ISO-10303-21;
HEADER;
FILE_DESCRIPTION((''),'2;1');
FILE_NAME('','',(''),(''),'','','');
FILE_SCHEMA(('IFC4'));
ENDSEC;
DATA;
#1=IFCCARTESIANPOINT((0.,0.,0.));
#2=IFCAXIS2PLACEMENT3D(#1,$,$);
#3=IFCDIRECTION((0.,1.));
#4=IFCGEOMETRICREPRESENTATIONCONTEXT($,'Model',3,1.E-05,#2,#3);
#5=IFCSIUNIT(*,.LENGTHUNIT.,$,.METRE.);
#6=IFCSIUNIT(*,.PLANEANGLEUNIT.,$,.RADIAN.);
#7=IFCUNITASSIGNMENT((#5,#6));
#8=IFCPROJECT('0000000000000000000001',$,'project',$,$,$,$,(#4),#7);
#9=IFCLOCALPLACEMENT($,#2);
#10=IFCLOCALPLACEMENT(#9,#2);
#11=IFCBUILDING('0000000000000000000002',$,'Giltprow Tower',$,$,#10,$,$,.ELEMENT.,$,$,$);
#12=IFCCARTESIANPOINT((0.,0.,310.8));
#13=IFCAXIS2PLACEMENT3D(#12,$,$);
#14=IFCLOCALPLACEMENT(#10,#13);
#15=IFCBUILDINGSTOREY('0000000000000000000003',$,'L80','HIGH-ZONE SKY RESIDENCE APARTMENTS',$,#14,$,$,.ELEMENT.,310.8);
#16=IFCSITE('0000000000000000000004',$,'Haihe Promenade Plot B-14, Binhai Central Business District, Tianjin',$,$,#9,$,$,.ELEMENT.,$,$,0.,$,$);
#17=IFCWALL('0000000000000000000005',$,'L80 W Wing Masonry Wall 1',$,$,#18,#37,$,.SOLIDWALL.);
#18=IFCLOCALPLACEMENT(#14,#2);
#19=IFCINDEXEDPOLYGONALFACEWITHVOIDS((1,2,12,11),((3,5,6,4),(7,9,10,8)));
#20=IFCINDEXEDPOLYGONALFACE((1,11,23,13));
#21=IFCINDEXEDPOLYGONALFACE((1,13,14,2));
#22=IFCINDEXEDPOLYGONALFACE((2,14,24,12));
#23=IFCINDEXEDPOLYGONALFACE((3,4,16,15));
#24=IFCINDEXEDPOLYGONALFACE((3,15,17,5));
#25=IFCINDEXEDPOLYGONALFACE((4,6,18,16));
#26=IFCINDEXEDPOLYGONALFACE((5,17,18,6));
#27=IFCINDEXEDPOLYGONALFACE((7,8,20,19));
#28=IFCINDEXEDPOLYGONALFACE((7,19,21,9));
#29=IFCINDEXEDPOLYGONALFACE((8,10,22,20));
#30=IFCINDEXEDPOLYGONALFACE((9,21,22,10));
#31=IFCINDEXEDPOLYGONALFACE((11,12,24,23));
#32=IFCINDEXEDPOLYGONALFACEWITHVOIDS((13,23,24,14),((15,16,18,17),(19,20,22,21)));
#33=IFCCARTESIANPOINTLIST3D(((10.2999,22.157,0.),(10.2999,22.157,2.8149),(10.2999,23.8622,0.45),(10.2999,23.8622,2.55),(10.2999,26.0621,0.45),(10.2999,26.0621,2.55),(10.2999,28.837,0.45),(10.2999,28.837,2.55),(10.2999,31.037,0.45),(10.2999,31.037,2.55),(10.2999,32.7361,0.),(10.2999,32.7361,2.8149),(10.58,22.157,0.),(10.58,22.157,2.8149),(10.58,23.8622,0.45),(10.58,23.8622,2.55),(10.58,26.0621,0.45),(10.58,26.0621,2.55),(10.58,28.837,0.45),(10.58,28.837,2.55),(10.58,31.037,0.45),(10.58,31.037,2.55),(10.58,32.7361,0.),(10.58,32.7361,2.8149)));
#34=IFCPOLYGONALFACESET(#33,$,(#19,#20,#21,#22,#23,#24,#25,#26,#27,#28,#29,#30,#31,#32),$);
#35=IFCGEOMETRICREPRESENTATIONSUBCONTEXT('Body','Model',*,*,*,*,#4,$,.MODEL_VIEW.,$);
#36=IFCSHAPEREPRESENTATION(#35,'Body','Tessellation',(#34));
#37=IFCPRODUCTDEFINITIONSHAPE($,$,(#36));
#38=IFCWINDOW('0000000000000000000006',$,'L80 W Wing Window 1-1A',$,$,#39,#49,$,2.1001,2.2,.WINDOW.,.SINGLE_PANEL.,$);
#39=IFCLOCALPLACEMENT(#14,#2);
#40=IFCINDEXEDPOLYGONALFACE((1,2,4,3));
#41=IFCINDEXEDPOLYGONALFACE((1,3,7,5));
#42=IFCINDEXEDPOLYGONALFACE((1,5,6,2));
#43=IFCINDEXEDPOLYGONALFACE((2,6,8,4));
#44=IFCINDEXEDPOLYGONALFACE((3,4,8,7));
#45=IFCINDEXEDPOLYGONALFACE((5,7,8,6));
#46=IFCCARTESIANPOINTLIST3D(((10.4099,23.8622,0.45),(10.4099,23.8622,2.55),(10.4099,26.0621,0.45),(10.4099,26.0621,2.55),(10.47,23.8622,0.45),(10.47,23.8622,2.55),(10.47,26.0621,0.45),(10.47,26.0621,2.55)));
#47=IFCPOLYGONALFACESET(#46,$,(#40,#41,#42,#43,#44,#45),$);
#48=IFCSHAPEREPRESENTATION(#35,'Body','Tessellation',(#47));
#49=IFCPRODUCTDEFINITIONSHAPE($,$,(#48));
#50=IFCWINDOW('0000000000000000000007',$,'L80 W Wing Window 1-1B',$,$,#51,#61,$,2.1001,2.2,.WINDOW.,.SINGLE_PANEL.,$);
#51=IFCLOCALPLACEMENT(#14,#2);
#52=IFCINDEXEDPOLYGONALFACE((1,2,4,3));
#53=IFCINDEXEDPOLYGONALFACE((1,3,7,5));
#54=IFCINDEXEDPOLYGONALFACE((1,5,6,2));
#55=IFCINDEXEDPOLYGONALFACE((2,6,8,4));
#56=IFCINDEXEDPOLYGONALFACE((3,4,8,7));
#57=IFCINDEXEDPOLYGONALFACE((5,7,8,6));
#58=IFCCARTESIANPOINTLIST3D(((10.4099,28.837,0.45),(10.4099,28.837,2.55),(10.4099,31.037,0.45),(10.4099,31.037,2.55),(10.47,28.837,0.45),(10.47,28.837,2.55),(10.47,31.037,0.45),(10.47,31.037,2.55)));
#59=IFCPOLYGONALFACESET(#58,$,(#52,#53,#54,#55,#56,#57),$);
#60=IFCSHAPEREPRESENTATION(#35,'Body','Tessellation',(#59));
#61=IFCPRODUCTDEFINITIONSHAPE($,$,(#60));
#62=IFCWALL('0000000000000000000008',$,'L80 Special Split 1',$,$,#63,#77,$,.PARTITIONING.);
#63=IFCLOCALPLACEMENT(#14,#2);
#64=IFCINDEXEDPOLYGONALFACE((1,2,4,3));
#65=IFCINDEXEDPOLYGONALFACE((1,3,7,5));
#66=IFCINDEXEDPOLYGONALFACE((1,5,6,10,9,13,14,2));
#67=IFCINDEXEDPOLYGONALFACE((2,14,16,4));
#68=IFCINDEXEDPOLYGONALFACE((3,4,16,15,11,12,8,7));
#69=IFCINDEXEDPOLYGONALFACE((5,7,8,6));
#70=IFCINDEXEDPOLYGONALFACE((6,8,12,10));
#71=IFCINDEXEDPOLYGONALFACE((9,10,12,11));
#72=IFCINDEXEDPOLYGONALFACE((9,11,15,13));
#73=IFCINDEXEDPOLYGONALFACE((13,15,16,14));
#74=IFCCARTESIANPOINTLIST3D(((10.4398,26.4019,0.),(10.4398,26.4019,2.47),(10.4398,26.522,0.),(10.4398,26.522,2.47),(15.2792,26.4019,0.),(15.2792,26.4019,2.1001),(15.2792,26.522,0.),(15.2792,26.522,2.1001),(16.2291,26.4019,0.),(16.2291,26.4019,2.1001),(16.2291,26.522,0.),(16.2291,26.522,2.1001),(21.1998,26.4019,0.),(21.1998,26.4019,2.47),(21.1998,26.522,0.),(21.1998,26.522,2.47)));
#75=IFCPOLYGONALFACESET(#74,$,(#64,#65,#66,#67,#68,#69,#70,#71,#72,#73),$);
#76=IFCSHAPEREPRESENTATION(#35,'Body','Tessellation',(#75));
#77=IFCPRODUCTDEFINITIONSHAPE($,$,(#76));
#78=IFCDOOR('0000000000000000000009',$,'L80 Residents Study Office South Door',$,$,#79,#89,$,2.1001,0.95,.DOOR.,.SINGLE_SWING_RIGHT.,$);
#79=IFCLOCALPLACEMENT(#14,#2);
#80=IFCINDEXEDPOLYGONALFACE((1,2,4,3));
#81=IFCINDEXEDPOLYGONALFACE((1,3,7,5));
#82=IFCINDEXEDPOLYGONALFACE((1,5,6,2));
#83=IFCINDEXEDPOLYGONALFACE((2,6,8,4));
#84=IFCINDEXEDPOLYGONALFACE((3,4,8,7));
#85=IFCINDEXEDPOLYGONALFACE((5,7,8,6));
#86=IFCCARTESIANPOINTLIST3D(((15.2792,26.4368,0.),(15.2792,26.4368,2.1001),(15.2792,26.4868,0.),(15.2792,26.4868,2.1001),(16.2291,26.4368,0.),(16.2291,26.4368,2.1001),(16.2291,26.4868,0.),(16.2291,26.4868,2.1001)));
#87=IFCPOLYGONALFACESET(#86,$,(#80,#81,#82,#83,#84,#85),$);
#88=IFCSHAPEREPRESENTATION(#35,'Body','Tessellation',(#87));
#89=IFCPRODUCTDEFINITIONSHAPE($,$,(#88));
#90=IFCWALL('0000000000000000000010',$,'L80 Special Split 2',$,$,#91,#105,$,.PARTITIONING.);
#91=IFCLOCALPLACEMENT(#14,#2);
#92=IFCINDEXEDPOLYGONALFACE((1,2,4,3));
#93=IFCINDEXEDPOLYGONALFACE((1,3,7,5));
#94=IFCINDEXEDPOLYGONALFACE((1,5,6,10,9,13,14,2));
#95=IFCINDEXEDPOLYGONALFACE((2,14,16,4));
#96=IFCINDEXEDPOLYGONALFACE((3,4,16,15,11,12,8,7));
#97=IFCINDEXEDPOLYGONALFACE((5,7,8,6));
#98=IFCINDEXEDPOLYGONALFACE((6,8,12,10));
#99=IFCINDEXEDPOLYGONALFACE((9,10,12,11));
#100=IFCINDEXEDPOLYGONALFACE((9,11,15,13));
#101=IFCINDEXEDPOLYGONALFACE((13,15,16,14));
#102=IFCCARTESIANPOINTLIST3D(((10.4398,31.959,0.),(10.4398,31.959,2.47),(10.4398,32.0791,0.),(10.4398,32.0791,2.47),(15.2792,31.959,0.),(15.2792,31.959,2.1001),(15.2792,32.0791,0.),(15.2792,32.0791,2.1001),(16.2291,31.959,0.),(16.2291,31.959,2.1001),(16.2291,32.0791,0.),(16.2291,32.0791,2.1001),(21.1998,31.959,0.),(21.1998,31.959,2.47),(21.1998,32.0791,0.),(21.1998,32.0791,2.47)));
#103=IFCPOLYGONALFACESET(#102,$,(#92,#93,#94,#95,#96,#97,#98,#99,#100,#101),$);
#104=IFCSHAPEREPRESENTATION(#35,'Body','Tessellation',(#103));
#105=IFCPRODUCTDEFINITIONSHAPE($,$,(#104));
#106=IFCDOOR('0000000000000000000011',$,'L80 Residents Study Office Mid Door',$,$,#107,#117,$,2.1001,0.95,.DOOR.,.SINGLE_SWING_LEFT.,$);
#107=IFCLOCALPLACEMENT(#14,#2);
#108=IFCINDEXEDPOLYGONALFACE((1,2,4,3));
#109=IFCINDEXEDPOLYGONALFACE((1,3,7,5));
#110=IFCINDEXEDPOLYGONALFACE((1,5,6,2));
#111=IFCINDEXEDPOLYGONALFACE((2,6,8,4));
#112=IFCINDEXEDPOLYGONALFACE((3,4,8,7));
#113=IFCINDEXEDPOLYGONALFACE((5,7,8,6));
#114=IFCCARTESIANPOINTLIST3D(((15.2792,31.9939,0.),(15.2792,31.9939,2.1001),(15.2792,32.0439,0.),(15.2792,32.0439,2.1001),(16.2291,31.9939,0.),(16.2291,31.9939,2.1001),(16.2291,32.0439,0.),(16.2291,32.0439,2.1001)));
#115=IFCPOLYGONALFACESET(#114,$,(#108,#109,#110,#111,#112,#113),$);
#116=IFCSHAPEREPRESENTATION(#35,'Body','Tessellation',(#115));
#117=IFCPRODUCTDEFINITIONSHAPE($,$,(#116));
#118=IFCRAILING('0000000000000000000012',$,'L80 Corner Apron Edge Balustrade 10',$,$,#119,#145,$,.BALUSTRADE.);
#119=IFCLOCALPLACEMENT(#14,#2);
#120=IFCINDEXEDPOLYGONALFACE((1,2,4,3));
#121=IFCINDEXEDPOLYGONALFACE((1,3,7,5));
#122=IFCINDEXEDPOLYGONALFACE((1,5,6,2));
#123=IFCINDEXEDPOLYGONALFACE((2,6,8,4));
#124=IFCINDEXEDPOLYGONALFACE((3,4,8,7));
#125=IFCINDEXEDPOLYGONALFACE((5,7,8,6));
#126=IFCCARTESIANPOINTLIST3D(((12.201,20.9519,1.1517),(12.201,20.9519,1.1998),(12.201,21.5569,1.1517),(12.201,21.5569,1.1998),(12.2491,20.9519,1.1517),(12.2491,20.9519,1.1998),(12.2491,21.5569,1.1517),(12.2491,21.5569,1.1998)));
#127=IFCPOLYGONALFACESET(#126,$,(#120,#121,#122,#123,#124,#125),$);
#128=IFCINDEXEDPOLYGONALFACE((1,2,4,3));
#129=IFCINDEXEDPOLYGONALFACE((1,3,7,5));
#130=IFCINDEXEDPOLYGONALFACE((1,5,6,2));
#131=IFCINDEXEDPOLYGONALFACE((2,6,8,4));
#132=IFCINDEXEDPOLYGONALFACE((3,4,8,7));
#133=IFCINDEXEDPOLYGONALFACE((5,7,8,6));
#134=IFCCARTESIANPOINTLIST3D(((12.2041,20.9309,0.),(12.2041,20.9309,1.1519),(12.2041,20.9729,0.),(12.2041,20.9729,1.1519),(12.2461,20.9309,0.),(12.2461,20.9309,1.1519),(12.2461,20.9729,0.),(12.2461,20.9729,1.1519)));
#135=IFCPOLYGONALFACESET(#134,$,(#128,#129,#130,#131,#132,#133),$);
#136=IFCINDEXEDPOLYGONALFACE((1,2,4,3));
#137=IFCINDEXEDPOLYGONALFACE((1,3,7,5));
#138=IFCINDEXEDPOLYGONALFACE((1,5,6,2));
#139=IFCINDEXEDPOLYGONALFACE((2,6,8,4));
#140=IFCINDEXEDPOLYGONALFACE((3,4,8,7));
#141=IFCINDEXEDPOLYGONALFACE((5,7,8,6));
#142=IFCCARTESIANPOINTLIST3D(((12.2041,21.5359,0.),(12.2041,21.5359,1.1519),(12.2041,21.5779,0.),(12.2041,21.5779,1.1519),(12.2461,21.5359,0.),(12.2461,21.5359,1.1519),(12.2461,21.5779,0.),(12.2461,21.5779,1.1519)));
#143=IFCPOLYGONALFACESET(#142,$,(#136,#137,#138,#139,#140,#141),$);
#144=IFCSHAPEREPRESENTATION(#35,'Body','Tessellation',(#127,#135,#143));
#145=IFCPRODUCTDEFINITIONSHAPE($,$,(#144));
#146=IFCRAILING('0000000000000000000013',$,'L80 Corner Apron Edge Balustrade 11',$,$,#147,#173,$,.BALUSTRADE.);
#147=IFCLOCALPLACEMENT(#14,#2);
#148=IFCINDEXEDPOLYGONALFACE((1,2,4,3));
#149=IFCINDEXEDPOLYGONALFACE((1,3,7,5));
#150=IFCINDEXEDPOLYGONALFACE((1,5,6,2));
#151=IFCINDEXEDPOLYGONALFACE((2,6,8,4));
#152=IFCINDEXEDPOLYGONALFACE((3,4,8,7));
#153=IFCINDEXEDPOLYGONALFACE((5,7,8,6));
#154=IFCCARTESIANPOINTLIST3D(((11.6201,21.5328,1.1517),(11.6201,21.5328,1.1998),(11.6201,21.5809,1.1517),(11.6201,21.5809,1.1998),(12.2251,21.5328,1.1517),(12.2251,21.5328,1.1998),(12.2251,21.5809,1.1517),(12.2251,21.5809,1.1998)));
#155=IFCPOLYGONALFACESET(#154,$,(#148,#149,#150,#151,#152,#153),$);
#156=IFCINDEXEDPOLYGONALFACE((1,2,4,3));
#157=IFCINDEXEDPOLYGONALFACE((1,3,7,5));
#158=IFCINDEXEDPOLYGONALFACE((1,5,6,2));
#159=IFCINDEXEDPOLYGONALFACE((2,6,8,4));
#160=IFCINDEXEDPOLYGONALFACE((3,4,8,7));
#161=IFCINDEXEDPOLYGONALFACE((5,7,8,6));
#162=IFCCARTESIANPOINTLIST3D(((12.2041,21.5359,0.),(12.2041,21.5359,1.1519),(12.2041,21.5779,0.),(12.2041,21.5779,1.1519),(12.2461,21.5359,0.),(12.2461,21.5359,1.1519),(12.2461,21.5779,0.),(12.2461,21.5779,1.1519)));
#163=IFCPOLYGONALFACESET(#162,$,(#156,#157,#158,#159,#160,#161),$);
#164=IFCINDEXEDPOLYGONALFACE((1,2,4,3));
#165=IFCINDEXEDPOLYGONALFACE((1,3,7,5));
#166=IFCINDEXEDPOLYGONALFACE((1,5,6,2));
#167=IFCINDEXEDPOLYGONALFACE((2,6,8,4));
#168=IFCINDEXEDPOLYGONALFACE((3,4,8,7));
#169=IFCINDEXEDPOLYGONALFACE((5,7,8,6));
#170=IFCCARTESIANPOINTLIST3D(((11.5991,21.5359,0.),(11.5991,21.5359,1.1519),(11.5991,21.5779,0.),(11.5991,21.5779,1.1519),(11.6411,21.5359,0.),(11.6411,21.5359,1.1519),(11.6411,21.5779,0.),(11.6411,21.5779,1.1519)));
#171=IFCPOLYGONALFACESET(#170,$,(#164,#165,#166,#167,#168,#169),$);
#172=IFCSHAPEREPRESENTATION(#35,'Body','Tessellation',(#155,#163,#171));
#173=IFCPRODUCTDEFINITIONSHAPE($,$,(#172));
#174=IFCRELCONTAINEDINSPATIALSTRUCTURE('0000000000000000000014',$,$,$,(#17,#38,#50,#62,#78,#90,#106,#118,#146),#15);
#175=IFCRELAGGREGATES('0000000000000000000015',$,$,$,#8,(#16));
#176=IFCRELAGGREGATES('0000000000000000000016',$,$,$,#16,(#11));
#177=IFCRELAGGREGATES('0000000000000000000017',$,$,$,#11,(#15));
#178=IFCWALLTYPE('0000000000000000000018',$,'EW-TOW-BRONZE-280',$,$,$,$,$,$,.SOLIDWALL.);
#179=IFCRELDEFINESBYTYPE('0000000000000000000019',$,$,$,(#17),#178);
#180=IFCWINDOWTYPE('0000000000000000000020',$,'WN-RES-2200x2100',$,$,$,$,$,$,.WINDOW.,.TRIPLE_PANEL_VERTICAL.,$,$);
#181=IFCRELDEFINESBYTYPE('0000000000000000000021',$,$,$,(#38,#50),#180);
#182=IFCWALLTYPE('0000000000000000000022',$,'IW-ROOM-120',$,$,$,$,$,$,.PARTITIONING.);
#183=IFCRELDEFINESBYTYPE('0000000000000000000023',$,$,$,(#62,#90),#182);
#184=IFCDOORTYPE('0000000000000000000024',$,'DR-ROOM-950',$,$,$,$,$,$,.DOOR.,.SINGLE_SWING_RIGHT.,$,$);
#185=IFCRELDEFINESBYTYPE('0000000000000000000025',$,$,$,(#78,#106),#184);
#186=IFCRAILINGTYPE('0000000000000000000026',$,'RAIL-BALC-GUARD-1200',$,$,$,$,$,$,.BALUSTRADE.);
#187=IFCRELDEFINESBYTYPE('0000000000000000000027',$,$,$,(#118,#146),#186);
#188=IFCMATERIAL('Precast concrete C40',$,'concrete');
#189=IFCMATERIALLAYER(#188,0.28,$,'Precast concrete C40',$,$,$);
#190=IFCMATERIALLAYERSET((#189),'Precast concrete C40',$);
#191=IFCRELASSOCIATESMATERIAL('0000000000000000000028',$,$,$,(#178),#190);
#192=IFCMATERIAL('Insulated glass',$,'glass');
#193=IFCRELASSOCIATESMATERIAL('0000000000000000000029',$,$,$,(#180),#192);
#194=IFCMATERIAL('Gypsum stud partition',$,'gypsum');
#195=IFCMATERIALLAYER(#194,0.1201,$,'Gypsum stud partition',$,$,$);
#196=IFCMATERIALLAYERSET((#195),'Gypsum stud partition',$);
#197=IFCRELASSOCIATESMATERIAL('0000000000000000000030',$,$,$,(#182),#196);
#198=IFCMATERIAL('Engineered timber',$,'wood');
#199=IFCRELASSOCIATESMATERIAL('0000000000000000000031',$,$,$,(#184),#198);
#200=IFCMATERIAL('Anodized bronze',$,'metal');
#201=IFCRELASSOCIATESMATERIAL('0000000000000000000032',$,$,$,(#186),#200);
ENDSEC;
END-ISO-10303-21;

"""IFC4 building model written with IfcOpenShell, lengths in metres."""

from ifc_helpers import new_model, si_unit, direction, frame, frame_2d, origin, origin_2d, place, context, subcontext, project, spatial, rectangle, extrude, source, transform, mapped, material, layer, layer_set, type_object, element, fill, save


model = new_model("IFC4")

# Units and contexts
model_context = context("Model", 3, precision=1e-05, world=origin(), true_north=direction((0.0, 1.0)))
body_context = subcontext(model_context, "Body", "Model", "MODEL_VIEW")
ifc_project = project(units=[si_unit("LENGTHUNIT", "METRE"), si_unit("PLANEANGLEUNIT", "RADIAN")], contexts=[model_context])

# Site, building, storey
site_placement = place(None, origin())
site = spatial("IfcSite", under=ifc_project, at=site_placement, Name="Haihe Promenade Plot B-14, Binhai Central Business District, Tianjin", CompositionType="ELEMENT", RefElevation=0.0)
building_placement = place(site_placement, origin())
building = spatial("IfcBuilding", under=site, at=building_placement, Name="Giltprow Tower", CompositionType="ELEMENT")
storey_placement = place(building_placement, frame((0.0, 0.0, 310.8)))
storey = spatial("IfcBuildingStorey", under=building, at=storey_placement, Name="L80", Description="HIGH-ZONE SKY RESIDENCE APARTMENTS", CompositionType="ELEMENT", Elevation=310.8)

# Shared definitions
ifc_material_1 = material(Name="Anodized bronze", Category="metal")

# Shared definitions
ifc_material_2 = material(Name="Insulated glass", Category="glass")

# Shared definitions
ifc_material_3 = material(Name="Precast concrete C40", Category="concrete")

# Wall, openings, windows
ifc_layer_1 = layer(ifc_material_3, 0.28, Name="Precast concrete C40")
ifc_layer_set_1 = layer_set([ifc_layer_1], Name="Precast concrete C40")
wall_type_1 = type_object("IfcWallType", Name="EW-TOW-BRONZE-280", PredefinedType="SOLIDWALL", material=ifc_layer_set_1)
wall_1_placement = place(storey_placement, frame((10.4399, 22.157, 0.0), z_axis=(0.0, 0.0, 1.0), x_axis=(0.0, 1.0, 0.0)))
wall_1 = element("IfcWall", 1, at=wall_1_placement, inside=storey, type_object=wall_type_1, Name="L80 W Wing Masonry Wall 1", PredefinedType="SOLIDWALL", context=body_context, shape_type="SweptSolid", body=[
    extrude(rectangle(XDim=10.5791, YDim=0.28, at=frame_2d((5.2896, 0.0))), origin(), (0.0, 0.0, 1.0), 2.8149),
])
opening_1_placement = place(wall_1_placement, frame((1.7051, 0.0, 0.45)))
opening_1 = element("IfcOpeningElement", 2, at=opening_1_placement, cuts=wall_1, PredefinedType="OPENING", context=body_context, shape_type="SweptSolid", body=[
    extrude(rectangle(XDim=2.2, YDim=2.1001, at=frame_2d((1.1001, 1.05))), frame((0.0, 0.1499, 0.0), z_axis=(0.0, -1.0, 0.0), x_axis=(1.0, 0.0, 0.0)), (0.0, 0.0, 1.0), 0.3),
])
opening_2_placement = place(wall_1_placement, frame((6.6799, 0.0, 0.45)))
opening_2 = element("IfcOpeningElement", 3, at=opening_2_placement, cuts=wall_1, PredefinedType="OPENING", context=body_context, shape_type="SweptSolid", body=[
    extrude(rectangle(XDim=2.2, YDim=2.1001, at=frame_2d((1.1001, 1.05))), frame((0.0, 0.1499, 0.0), z_axis=(0.0, -1.0, 0.0), x_axis=(1.0, 0.0, 0.0)), (0.0, 0.0, 1.0), 0.3),
])
window_type_1 = type_object("IfcWindowType", Name="WN-RES-2200x2100", PartitioningType="TRIPLE_PANEL_VERTICAL", PredefinedType="WINDOW", material=ifc_material_2)
shared_shape_1 = source(origin(), body_context, "Body", "SweptSolid", [
    extrude(rectangle(XDim=2.2, YDim=2.1001, at=frame_2d((1.1001, 1.05))), frame((0.0, 0.03, 0.0), z_axis=(0.0, -1.0, 0.0), x_axis=(1.0, 0.0, 0.0)), (0.0, 0.0, 1.0), 0.0601),
])
window_1_placement = place(opening_1_placement, origin())
window_1 = element("IfcWindow", 4, at=window_1_placement, inside=storey, type_object=window_type_1, Name="L80 W Wing Window 1-1A", OverallHeight=2.1001, OverallWidth=2.2, PartitioningType="SINGLE_PANEL", PredefinedType="WINDOW", context=body_context, shape_type="MappedRepresentation", body=[
    mapped(shared_shape_1, transform((0.0, 0.0, 0.0), x_axis=(1.0, 0.0, 0.0), y_axis=(0.0, 1.0, 0.0), z_axis=(0.0, 0.0, 1.0), scale=1.0)),
])
fill(opening_1, window_1)
window_2_placement = place(opening_2_placement, origin())
window_2 = element("IfcWindow", 5, at=window_2_placement, inside=storey, type_object=window_type_1, Name="L80 W Wing Window 1-1B", OverallHeight=2.1001, OverallWidth=2.2, PartitioningType="SINGLE_PANEL", PredefinedType="WINDOW", context=body_context, shape_type="MappedRepresentation", body=[
    mapped(shared_shape_1, transform((0.0, 0.0, 0.0), x_axis=(1.0, 0.0, 0.0), y_axis=(0.0, 1.0, 0.0), z_axis=(0.0, 0.0, 1.0), scale=1.0)),
])
fill(opening_2, window_2)

# Walls, openings, doors
ifc_material_4 = material(Name="Gypsum stud partition", Category="gypsum")
ifc_layer_2 = layer(ifc_material_4, 0.1201, Name="Gypsum stud partition")
ifc_layer_set_2 = layer_set([ifc_layer_2], Name="Gypsum stud partition")
wall_type_2 = type_object("IfcWallType", Name="IW-ROOM-120", PredefinedType="PARTITIONING", material=ifc_layer_set_2)
wall_2_placement = place(storey_placement, frame((10.4399, 26.4619, 0.0), z_axis=(0.0, 0.0, 1.0), x_axis=(1.0, 0.0, 0.0)))
wall_2 = element("IfcWall", 6, at=wall_2_placement, inside=storey, type_object=wall_type_2, Name="L80 Special Split 1", PredefinedType="PARTITIONING", context=body_context, shape_type="SweptSolid", body=[
    extrude(rectangle(XDim=10.76, YDim=0.1201, at=frame_2d((5.3799, 0.0))), origin(), (0.0, 0.0, 1.0), 2.47),
])
opening_3_placement = place(wall_2_placement, frame((4.8391, 0.0, 0.0)))
opening_3 = element("IfcOpeningElement", 7, at=opening_3_placement, cuts=wall_2, PredefinedType="OPENING", context=body_context, shape_type="SweptSolid", body=[
    extrude(rectangle(XDim=0.95, YDim=2.1001, at=frame_2d((0.4751, 1.05))), frame((0.0, 0.0701, 0.0), z_axis=(0.0, -1.0, 0.0), x_axis=(1.0, 0.0, 0.0)), (0.0, 0.0, 1.0), 0.1401),
])
ifc_material_5 = material(Name="Engineered timber", Category="wood")
door_type = type_object("IfcDoorType", Name="DR-ROOM-950", OperationType="SINGLE_SWING_RIGHT", PredefinedType="DOOR", material=ifc_material_5)
shared_shape_2 = source(origin(), body_context, "Body", "SweptSolid", [
    extrude(rectangle(XDim=0.95, YDim=2.1001, at=frame_2d((0.4751, 1.05))), frame((0.0, 0.0249, 0.0), z_axis=(0.0, -1.0, 0.0), x_axis=(1.0, 0.0, 0.0)), (0.0, 0.0, 1.0), 0.05),
])
door_1_placement = place(opening_3_placement, origin())
door_1 = element("IfcDoor", 8, at=door_1_placement, inside=storey, type_object=door_type, Name="L80 Residents Study Office South Door", OperationType="SINGLE_SWING_RIGHT", OverallHeight=2.1001, OverallWidth=0.95, PredefinedType="DOOR", context=body_context, shape_type="MappedRepresentation", body=[
    mapped(shared_shape_2, transform((0.0, 0.0, 0.0), x_axis=(1.0, 0.0, 0.0), y_axis=(0.0, 1.0, 0.0), z_axis=(0.0, 0.0, 1.0), scale=1.0)),
])
fill(opening_3, door_1)
wall_3_placement = place(storey_placement, frame((10.4399, 32.019, 0.0), z_axis=(0.0, 0.0, 1.0), x_axis=(1.0, 0.0, 0.0)))
wall_3 = element("IfcWall", 9, at=wall_3_placement, inside=storey, type_object=wall_type_2, Name="L80 Special Split 2", PredefinedType="PARTITIONING", context=body_context, shape_type="SweptSolid", body=[
    extrude(rectangle(XDim=10.76, YDim=0.1201, at=frame_2d((5.3799, 0.0))), origin(), (0.0, 0.0, 1.0), 2.47),
])
opening_4_placement = place(wall_3_placement, frame((4.8391, 0.0, 0.0)))
opening_4 = element("IfcOpeningElement", 10, at=opening_4_placement, cuts=wall_3, PredefinedType="OPENING", context=body_context, shape_type="SweptSolid", body=[
    extrude(rectangle(XDim=0.95, YDim=2.1001, at=frame_2d((0.4751, 1.05))), frame((0.0, 0.0701, 0.0), z_axis=(0.0, -1.0, 0.0), x_axis=(1.0, 0.0, 0.0)), (0.0, 0.0, 1.0), 0.1401),
])
door_2_placement = place(opening_4_placement, origin())
door_2 = element("IfcDoor", 11, at=door_2_placement, inside=storey, type_object=door_type, Name="L80 Residents Study Office Mid Door", OperationType="SINGLE_SWING_LEFT", OverallHeight=2.1001, OverallWidth=0.95, PredefinedType="DOOR", context=body_context, shape_type="MappedRepresentation", body=[
    mapped(shared_shape_2, transform((0.0, 0.0, 0.0), x_axis=(1.0, 0.0, 0.0), y_axis=(0.0, 1.0, 0.0), z_axis=(0.0, 0.0, 1.0), scale=1.0)),
])
fill(opening_4, door_2)

# Railings
railing_type = type_object("IfcRailingType", Name="RAIL-BALC-GUARD-1200", PredefinedType="BALUSTRADE", material=ifc_material_1)
railing_1_placement = place(storey_placement, frame((12.2251, 20.9519, 0.0)))
element("IfcRailing", 12, at=railing_1_placement, inside=storey, type_object=railing_type, Name="L80 Corner Apron Edge Balustrade 10", PredefinedType="BALUSTRADE", context=body_context, shape_type="SweptSolid", body=[
    extrude(rectangle(XDim=0.0481, YDim=0.0481, at=origin_2d()), frame((0.0, 0.0, 1.1758), z_axis=(0.0, 1.0, 0.0), x_axis=(-1.0, 0.0, 0.0)), (0.0, 0.0, 1.0), 0.605),
    extrude(rectangle(XDim=0.042, YDim=0.042, at=origin_2d()), origin(), (0.0, 0.0, 1.0), 1.1519),
    extrude(rectangle(XDim=0.042, YDim=0.042, at=origin_2d()), frame((0.0, 0.605, 0.0)), (0.0, 0.0, 1.0), 1.1519),
])
railing_2_placement = place(storey_placement, frame((12.2251, 21.5569, 0.0)))
element("IfcRailing", 13, at=railing_2_placement, inside=storey, type_object=railing_type, Name="L80 Corner Apron Edge Balustrade 11", PredefinedType="BALUSTRADE", context=body_context, shape_type="SweptSolid", body=[
    extrude(rectangle(XDim=0.0481, YDim=0.0481, at=origin_2d()), frame((0.0, 0.0, 1.1758), z_axis=(-1.0, 0.0, 0.0), x_axis=(0.0, -1.0, 0.0)), (0.0, 0.0, 1.0), 0.605),
    extrude(rectangle(XDim=0.042, YDim=0.042, at=origin_2d()), origin(), (0.0, 0.0, 1.0), 1.1519),
    extrude(rectangle(XDim=0.042, YDim=0.042, at=origin_2d()), frame((-0.605, 0.0, 0.0)), (0.0, 0.0, 1.0), 1.1519),
])

save(model, "model.ifc")
